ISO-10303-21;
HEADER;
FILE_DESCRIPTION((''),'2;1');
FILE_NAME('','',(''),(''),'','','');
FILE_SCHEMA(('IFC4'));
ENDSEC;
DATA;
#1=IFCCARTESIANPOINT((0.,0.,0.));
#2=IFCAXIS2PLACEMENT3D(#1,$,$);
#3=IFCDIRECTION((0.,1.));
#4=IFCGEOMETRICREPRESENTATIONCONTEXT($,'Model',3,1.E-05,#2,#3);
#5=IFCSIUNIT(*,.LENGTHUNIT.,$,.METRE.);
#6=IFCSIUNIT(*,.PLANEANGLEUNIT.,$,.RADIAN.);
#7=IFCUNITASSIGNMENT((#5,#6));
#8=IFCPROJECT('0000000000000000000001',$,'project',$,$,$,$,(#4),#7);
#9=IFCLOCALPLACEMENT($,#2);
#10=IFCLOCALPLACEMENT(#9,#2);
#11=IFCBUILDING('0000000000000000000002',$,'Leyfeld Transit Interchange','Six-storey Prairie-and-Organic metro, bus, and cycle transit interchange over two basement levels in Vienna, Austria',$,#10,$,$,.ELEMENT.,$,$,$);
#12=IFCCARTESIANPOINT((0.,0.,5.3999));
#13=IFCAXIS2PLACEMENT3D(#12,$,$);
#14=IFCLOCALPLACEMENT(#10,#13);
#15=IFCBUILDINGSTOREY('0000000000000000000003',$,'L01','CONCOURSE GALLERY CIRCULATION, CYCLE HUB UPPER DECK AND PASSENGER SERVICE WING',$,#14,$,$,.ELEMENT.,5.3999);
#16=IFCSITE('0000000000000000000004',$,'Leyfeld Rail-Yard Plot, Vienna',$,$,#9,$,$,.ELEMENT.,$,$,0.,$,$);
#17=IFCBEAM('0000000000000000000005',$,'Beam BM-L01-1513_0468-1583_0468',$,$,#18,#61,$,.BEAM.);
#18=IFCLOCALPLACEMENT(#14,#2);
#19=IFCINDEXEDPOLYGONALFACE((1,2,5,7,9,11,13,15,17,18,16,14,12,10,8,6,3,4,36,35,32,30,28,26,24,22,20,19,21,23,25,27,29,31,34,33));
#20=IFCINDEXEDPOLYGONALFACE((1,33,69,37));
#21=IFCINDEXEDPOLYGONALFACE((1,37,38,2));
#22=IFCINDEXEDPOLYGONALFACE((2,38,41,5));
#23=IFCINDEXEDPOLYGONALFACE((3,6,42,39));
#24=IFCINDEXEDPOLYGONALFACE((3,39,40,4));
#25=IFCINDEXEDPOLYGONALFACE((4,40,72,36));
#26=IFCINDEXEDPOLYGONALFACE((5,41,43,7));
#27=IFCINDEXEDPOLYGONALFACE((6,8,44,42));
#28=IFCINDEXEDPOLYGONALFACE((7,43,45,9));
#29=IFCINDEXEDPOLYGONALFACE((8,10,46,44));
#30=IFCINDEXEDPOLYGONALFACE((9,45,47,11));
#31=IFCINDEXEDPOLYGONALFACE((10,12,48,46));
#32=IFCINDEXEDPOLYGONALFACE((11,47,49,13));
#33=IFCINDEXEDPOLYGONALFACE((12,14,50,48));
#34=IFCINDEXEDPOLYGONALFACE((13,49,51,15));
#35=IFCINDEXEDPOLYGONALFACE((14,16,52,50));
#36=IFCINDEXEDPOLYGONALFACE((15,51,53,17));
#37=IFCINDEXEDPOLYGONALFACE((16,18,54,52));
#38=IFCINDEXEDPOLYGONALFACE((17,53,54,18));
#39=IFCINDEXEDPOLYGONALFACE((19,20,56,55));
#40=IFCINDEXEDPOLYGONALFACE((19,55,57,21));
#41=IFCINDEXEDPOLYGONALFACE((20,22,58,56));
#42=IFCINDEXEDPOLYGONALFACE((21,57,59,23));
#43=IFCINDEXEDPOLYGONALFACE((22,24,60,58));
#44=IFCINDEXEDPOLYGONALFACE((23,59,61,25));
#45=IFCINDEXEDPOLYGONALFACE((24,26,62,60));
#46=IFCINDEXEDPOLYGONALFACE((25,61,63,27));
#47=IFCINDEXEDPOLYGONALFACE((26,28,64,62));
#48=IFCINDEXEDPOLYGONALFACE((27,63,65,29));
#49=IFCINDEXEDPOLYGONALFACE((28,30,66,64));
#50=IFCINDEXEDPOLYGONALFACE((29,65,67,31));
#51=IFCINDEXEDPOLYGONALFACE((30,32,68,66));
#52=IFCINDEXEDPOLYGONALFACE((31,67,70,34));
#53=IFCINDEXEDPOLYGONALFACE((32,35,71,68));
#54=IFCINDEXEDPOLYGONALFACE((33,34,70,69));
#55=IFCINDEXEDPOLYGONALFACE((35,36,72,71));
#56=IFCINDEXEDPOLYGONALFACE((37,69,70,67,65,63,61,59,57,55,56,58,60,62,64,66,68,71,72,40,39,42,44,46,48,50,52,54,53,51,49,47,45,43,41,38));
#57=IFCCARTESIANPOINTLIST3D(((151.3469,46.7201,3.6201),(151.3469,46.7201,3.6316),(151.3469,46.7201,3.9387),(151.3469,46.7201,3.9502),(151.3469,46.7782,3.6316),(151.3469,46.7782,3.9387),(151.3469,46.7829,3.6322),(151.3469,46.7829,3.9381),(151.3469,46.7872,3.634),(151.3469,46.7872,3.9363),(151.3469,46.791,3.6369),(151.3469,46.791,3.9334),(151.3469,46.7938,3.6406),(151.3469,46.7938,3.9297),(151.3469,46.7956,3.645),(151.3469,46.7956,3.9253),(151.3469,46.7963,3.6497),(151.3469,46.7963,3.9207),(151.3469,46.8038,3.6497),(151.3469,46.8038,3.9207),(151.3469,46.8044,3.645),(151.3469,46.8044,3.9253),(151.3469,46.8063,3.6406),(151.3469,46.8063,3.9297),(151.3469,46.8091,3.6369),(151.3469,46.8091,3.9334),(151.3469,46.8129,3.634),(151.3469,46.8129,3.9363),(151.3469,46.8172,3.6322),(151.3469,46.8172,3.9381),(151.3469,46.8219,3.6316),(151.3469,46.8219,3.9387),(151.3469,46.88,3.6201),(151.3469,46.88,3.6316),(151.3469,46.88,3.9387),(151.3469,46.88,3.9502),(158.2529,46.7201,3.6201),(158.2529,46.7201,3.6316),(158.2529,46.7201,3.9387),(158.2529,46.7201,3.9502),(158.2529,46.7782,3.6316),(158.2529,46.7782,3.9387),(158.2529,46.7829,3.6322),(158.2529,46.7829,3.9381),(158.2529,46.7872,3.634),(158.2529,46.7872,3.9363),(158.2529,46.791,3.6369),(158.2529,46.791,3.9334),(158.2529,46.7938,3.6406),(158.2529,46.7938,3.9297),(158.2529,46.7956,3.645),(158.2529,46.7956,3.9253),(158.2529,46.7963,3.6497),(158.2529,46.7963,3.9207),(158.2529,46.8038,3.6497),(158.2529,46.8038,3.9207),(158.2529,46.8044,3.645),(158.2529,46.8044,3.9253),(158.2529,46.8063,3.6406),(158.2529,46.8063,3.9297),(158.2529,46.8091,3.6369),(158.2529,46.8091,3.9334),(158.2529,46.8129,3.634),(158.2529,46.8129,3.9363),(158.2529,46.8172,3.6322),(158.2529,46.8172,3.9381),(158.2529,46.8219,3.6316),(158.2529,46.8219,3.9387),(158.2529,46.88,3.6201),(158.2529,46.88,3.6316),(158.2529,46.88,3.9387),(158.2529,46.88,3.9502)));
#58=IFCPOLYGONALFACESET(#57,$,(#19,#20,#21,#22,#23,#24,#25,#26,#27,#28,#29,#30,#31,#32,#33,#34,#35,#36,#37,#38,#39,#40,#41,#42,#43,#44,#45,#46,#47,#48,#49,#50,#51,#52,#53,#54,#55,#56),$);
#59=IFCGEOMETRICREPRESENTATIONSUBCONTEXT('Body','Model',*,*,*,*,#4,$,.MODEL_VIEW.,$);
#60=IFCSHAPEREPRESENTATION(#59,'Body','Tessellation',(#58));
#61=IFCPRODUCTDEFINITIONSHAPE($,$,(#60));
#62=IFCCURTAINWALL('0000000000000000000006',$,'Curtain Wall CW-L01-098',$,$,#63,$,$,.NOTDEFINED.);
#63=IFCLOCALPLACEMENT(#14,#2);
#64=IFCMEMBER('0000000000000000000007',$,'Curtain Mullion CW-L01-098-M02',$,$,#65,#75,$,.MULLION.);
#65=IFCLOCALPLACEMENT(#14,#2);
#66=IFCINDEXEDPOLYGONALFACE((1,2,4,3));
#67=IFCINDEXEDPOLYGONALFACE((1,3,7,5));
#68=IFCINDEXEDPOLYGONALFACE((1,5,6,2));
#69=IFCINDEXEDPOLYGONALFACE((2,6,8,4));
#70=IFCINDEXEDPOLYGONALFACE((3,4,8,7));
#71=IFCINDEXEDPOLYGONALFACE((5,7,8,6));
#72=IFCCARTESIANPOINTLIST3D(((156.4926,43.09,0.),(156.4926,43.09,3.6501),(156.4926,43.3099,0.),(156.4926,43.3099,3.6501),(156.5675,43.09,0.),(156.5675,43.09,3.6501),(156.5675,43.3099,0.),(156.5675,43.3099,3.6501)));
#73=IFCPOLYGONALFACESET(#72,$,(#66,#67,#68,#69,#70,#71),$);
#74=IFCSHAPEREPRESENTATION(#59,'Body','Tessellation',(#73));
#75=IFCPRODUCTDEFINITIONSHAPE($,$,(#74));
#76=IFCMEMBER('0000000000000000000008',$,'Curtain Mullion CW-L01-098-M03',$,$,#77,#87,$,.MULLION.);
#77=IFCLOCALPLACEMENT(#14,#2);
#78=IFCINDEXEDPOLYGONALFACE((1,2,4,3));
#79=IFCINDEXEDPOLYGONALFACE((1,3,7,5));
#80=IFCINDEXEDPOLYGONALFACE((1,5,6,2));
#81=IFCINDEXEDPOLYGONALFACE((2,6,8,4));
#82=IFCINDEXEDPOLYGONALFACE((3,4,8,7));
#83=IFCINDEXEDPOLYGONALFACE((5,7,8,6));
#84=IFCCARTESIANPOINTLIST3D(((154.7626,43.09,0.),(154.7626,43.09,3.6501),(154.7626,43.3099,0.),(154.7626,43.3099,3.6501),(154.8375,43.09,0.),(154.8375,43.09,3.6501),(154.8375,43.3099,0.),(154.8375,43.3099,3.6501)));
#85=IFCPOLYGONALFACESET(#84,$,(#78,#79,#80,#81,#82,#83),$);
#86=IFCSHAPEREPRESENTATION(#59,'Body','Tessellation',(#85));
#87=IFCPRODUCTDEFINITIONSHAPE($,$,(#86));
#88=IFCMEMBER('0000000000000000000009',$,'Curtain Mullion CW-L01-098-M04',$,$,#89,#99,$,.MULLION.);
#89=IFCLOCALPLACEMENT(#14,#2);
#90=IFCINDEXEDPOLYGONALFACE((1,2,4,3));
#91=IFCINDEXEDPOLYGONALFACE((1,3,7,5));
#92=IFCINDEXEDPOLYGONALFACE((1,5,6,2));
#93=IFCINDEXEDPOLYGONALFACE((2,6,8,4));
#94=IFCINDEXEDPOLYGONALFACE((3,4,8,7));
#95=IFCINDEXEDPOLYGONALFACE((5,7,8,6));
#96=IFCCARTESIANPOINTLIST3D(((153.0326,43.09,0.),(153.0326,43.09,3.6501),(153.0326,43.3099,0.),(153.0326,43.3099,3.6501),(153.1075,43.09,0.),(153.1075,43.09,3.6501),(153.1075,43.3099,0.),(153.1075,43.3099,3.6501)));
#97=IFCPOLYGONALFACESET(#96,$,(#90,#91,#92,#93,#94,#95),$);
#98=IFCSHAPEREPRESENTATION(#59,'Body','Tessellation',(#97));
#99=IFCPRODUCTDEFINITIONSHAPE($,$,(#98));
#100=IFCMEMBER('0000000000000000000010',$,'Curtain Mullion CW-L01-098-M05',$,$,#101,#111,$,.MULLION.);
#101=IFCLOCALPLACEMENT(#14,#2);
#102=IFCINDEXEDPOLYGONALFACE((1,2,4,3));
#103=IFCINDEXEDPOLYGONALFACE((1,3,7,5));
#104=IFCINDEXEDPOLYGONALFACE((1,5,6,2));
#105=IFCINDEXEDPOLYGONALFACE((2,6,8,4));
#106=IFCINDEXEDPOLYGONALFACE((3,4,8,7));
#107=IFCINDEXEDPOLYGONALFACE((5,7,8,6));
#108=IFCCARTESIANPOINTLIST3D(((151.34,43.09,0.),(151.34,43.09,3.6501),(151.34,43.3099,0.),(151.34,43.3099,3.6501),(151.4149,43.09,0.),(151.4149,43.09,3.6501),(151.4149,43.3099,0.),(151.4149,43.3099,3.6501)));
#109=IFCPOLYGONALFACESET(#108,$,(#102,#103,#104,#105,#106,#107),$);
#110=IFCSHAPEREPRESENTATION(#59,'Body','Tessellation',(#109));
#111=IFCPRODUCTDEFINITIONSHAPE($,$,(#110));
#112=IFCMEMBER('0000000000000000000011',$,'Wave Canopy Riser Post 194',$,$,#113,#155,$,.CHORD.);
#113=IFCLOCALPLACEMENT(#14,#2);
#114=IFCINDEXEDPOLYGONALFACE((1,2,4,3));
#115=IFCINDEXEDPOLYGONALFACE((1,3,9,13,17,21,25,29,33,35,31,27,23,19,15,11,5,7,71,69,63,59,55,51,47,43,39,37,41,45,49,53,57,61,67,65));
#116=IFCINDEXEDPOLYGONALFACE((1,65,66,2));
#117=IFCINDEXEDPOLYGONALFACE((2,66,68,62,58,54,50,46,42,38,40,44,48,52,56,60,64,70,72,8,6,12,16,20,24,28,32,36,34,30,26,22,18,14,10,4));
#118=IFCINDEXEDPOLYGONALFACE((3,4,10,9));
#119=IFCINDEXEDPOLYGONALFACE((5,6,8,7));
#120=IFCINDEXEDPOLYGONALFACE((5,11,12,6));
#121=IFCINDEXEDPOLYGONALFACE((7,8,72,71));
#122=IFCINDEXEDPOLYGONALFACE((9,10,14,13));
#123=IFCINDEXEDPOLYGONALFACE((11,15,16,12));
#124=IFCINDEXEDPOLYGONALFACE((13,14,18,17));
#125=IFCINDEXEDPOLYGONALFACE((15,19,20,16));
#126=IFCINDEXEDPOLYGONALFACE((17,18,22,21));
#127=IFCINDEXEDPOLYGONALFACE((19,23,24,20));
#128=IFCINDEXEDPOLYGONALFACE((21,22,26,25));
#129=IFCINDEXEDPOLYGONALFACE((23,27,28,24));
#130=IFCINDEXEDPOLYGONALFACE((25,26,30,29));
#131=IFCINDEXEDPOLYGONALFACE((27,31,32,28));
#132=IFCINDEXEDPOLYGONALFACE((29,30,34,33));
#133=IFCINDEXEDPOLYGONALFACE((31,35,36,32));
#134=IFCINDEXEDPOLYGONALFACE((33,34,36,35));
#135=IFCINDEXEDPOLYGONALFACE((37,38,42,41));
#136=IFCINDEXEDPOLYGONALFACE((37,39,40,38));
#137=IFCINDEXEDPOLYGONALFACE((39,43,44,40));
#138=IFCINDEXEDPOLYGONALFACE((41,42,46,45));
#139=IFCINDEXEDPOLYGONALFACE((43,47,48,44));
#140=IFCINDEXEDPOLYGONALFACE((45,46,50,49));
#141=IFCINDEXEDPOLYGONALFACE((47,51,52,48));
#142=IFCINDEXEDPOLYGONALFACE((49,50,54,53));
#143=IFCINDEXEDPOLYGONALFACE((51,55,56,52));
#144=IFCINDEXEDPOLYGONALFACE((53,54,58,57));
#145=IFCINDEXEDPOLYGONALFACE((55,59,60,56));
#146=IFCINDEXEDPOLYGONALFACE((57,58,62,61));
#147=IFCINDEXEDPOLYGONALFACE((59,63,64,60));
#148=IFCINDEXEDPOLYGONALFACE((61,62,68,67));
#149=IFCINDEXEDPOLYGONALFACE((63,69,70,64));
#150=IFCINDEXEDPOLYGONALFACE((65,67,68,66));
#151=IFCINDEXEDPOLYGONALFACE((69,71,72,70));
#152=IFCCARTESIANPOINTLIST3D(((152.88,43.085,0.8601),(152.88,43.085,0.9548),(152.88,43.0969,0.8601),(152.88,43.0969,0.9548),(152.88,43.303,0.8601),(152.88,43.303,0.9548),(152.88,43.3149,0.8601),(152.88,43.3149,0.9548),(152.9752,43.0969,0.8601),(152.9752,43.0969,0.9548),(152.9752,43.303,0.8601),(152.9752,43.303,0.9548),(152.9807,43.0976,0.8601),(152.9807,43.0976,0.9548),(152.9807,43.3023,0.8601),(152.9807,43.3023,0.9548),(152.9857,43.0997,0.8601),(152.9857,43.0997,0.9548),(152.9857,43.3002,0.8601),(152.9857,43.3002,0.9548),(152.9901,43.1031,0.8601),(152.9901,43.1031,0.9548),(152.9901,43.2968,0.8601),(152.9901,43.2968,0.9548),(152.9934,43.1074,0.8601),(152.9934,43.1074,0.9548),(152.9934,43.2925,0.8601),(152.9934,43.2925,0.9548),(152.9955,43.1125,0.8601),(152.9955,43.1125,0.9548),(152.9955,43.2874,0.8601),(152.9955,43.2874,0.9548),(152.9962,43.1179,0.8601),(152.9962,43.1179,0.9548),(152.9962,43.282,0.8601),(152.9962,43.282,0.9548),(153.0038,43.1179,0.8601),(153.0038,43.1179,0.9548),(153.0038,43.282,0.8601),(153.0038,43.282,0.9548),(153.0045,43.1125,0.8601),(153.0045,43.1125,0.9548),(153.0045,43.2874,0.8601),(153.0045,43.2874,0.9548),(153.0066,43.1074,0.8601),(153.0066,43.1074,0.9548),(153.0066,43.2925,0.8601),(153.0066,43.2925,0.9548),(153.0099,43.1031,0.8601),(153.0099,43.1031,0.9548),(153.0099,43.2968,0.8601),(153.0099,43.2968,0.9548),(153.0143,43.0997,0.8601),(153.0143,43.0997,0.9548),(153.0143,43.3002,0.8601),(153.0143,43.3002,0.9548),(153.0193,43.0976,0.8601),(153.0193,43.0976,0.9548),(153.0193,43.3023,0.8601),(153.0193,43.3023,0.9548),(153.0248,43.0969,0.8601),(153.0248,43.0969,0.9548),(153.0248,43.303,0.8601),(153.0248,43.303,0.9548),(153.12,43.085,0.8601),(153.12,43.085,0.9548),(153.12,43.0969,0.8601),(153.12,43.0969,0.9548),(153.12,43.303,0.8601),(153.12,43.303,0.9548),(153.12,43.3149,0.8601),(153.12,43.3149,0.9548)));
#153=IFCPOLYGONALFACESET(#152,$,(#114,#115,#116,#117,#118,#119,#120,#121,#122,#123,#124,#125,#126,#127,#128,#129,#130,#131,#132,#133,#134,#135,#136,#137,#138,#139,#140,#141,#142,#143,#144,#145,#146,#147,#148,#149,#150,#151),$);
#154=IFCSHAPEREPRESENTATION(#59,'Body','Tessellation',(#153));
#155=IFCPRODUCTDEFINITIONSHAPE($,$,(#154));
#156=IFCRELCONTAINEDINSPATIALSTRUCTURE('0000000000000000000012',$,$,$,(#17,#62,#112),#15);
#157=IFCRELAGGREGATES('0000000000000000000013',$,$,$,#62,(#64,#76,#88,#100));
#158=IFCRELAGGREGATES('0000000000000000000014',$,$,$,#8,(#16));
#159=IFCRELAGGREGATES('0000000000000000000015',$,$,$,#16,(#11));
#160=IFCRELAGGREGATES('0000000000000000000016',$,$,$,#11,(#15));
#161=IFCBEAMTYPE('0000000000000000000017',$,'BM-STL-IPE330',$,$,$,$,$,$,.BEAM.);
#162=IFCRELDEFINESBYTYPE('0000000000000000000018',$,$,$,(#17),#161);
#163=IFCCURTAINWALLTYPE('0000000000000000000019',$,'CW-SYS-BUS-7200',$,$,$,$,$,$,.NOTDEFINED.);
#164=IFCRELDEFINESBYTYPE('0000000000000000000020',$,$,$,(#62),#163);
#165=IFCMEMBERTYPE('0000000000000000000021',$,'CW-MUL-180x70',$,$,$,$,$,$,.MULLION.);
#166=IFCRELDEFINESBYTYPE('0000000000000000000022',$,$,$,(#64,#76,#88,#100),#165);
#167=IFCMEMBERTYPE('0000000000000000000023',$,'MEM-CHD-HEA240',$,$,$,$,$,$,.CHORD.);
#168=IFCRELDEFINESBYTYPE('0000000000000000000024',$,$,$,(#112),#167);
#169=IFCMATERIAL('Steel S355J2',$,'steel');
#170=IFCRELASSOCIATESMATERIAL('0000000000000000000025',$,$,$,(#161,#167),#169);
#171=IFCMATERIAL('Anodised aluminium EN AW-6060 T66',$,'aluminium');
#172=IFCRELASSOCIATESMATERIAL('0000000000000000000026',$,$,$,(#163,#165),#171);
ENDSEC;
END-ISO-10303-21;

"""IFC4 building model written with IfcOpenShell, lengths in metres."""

from ifc_helpers import new_model, si_unit, direction, frame, origin, origin_2d, place, context, subcontext, project, spatial, rectangle, i_section, extrude, material, material_profile, profile_set, type_object, element, aggregate, save


model = new_model("IFC4")

# Units and contexts
model_context = context("Model", 3, precision=1e-05, world=origin(), true_north=direction((0.0, 1.0)))
body_context = subcontext(model_context, "Body", "Model", "MODEL_VIEW")
ifc_project = project(units=[si_unit("LENGTHUNIT", "METRE"), si_unit("PLANEANGLEUNIT", "RADIAN")], contexts=[model_context])

# Site, building, storey
site_placement = place(None, origin())
site = spatial("IfcSite", under=ifc_project, at=site_placement, Name="Leyfeld Rail-Yard Plot, Vienna", CompositionType="ELEMENT", RefElevation=0.0)
building_placement = place(site_placement, origin())
building = spatial("IfcBuilding", under=site, at=building_placement, Name="Leyfeld Transit Interchange", Description="Six-storey Prairie-and-Organic metro, bus, and cycle transit interchange over two basement levels in Vienna, Austria", CompositionType="ELEMENT")
storey_placement = place(building_placement, frame((0.0, 0.0, 5.3999)))
storey = spatial("IfcBuildingStorey", under=building, at=storey_placement, Name="L01", Description="CONCOURSE GALLERY CIRCULATION, CYCLE HUB UPPER DECK AND PASSENGER SERVICE WING", CompositionType="ELEMENT", Elevation=5.3999)

# Beam
ifc_material_1 = material(Name="Steel S355J2", Category="steel")
ifc_material_profile_1 = material_profile(ifc_material_1, i_section(OverallWidth=0.1599, OverallDepth=0.3301, WebThickness=0.0076, FlangeThickness=0.0115, FilletRadius=0.0181, at=origin_2d()), Name="IPE 330")
ifc_profile_set_1 = profile_set([ifc_material_profile_1], Name="Steel S355J2")
beam_type = type_object("IfcBeamType", Name="BM-STL-IPE330", PredefinedType="BEAM", material=ifc_profile_set_1)
beam_placement = place(storey_placement, frame((151.3469, 46.8, 3.7852), z_axis=(1.0, 0.0, 0.0), x_axis=(0.0, 1.0, 0.0)))
element("IfcBeam", 1, at=beam_placement, inside=storey, type_object=beam_type, Name="Beam BM-L01-1513_0468-1583_0468", PredefinedType="BEAM", context=body_context, shape_type="SweptSolid", body=[
    extrude(i_section(OverallWidth=0.1599, OverallDepth=0.3301, WebThickness=0.0076, FlangeThickness=0.0115, FilletRadius=0.0181, at=origin_2d()), origin(), (0.0, 0.0, 1.0), 6.906),
])

# Curtain wall, members
ifc_material_2 = material(Name="Anodised aluminium EN AW-6060 T66", Category="aluminium")
curtain_wall_type = type_object("IfcCurtainWallType", Name="CW-SYS-BUS-7200", PredefinedType="NOTDEFINED", material=ifc_material_2)
curtain_wall_placement = place(storey_placement, origin())
curtain_wall = element("IfcCurtainWall", 2, at=curtain_wall_placement, inside=storey, type_object=curtain_wall_type, Name="Curtain Wall CW-L01-098", PredefinedType="NOTDEFINED")
ifc_material_profile_2 = material_profile(ifc_material_2, rectangle(XDim=0.075, YDim=0.22, at=origin_2d()), Name="CW-M 75x220")
ifc_profile_set_2 = profile_set([ifc_material_profile_2], Name="Anodised aluminium EN AW-6060 T66")
member_type_1 = type_object("IfcMemberType", Name="CW-MUL-180x70", PredefinedType="MULLION", material=ifc_profile_set_2)
member_1_placement = place(storey_placement, frame((156.53, 43.2, 0.0), z_axis=(0.0, 0.0, 1.0), x_axis=(-1.0, 0.0, 0.0)))
member_1 = element("IfcMember", 3, at=member_1_placement, type_object=member_type_1, Name="Curtain Mullion CW-L01-098-M02", PredefinedType="MULLION", context=body_context, shape_type="SweptSolid", body=[
    extrude(rectangle(XDim=0.075, YDim=0.22, at=origin_2d()), origin(), (0.0, 0.0, 1.0), 3.6501),
])
member_2_placement = place(storey_placement, frame((154.8, 43.2, 0.0), z_axis=(0.0, 0.0, 1.0), x_axis=(-1.0, 0.0, 0.0)))
member_2 = element("IfcMember", 4, at=member_2_placement, type_object=member_type_1, Name="Curtain Mullion CW-L01-098-M03", PredefinedType="MULLION", context=body_context, shape_type="SweptSolid", body=[
    extrude(rectangle(XDim=0.075, YDim=0.22, at=origin_2d()), origin(), (0.0, 0.0, 1.0), 3.6501),
])
member_3_placement = place(storey_placement, frame((153.0701, 43.2, 0.0), z_axis=(0.0, 0.0, 1.0), x_axis=(-1.0, 0.0, 0.0)))
member_3 = element("IfcMember", 5, at=member_3_placement, type_object=member_type_1, Name="Curtain Mullion CW-L01-098-M04", PredefinedType="MULLION", context=body_context, shape_type="SweptSolid", body=[
    extrude(rectangle(XDim=0.075, YDim=0.22, at=origin_2d()), origin(), (0.0, 0.0, 1.0), 3.6501),
])
member_4_placement = place(storey_placement, frame((151.3774, 43.2, 0.0), z_axis=(0.0, 0.0, 1.0), x_axis=(-1.0, 0.0, 0.0)))
member_4 = element("IfcMember", 6, at=member_4_placement, type_object=member_type_1, Name="Curtain Mullion CW-L01-098-M05", PredefinedType="MULLION", context=body_context, shape_type="SweptSolid", body=[
    extrude(rectangle(XDim=0.075, YDim=0.22, at=origin_2d()), origin(), (0.0, 0.0, 1.0), 3.6501),
])

# Member
ifc_material_profile_3 = material_profile(ifc_material_1, i_section(OverallWidth=0.24, OverallDepth=0.23, WebThickness=0.0076, FlangeThickness=0.012, FilletRadius=0.021, at=origin_2d()), Name="HEA 240")
ifc_profile_set_3 = profile_set([ifc_material_profile_3], Name="Steel S355J2")
member_type_2 = type_object("IfcMemberType", Name="MEM-CHD-HEA240", PredefinedType="CHORD", material=ifc_profile_set_3)
member_5_placement = place(storey_placement, frame((153.0, 43.2, 0.8601), z_axis=(0.0, 0.0, 1.0), x_axis=(1.0, 0.0, 0.0)))
element("IfcMember", 7, at=member_5_placement, inside=storey, type_object=member_type_2, Name="Wave Canopy Riser Post 194", PredefinedType="CHORD", context=body_context, shape_type="SweptSolid", body=[
    extrude(i_section(OverallWidth=0.24, OverallDepth=0.23, WebThickness=0.0076, FlangeThickness=0.012, FilletRadius=0.021, at=origin_2d()), origin(), (0.0, 0.0, 1.0), 0.0947),
])

aggregate(curtain_wall, [member_1, member_2, member_3, member_4])

save(model, "model.ifc")
